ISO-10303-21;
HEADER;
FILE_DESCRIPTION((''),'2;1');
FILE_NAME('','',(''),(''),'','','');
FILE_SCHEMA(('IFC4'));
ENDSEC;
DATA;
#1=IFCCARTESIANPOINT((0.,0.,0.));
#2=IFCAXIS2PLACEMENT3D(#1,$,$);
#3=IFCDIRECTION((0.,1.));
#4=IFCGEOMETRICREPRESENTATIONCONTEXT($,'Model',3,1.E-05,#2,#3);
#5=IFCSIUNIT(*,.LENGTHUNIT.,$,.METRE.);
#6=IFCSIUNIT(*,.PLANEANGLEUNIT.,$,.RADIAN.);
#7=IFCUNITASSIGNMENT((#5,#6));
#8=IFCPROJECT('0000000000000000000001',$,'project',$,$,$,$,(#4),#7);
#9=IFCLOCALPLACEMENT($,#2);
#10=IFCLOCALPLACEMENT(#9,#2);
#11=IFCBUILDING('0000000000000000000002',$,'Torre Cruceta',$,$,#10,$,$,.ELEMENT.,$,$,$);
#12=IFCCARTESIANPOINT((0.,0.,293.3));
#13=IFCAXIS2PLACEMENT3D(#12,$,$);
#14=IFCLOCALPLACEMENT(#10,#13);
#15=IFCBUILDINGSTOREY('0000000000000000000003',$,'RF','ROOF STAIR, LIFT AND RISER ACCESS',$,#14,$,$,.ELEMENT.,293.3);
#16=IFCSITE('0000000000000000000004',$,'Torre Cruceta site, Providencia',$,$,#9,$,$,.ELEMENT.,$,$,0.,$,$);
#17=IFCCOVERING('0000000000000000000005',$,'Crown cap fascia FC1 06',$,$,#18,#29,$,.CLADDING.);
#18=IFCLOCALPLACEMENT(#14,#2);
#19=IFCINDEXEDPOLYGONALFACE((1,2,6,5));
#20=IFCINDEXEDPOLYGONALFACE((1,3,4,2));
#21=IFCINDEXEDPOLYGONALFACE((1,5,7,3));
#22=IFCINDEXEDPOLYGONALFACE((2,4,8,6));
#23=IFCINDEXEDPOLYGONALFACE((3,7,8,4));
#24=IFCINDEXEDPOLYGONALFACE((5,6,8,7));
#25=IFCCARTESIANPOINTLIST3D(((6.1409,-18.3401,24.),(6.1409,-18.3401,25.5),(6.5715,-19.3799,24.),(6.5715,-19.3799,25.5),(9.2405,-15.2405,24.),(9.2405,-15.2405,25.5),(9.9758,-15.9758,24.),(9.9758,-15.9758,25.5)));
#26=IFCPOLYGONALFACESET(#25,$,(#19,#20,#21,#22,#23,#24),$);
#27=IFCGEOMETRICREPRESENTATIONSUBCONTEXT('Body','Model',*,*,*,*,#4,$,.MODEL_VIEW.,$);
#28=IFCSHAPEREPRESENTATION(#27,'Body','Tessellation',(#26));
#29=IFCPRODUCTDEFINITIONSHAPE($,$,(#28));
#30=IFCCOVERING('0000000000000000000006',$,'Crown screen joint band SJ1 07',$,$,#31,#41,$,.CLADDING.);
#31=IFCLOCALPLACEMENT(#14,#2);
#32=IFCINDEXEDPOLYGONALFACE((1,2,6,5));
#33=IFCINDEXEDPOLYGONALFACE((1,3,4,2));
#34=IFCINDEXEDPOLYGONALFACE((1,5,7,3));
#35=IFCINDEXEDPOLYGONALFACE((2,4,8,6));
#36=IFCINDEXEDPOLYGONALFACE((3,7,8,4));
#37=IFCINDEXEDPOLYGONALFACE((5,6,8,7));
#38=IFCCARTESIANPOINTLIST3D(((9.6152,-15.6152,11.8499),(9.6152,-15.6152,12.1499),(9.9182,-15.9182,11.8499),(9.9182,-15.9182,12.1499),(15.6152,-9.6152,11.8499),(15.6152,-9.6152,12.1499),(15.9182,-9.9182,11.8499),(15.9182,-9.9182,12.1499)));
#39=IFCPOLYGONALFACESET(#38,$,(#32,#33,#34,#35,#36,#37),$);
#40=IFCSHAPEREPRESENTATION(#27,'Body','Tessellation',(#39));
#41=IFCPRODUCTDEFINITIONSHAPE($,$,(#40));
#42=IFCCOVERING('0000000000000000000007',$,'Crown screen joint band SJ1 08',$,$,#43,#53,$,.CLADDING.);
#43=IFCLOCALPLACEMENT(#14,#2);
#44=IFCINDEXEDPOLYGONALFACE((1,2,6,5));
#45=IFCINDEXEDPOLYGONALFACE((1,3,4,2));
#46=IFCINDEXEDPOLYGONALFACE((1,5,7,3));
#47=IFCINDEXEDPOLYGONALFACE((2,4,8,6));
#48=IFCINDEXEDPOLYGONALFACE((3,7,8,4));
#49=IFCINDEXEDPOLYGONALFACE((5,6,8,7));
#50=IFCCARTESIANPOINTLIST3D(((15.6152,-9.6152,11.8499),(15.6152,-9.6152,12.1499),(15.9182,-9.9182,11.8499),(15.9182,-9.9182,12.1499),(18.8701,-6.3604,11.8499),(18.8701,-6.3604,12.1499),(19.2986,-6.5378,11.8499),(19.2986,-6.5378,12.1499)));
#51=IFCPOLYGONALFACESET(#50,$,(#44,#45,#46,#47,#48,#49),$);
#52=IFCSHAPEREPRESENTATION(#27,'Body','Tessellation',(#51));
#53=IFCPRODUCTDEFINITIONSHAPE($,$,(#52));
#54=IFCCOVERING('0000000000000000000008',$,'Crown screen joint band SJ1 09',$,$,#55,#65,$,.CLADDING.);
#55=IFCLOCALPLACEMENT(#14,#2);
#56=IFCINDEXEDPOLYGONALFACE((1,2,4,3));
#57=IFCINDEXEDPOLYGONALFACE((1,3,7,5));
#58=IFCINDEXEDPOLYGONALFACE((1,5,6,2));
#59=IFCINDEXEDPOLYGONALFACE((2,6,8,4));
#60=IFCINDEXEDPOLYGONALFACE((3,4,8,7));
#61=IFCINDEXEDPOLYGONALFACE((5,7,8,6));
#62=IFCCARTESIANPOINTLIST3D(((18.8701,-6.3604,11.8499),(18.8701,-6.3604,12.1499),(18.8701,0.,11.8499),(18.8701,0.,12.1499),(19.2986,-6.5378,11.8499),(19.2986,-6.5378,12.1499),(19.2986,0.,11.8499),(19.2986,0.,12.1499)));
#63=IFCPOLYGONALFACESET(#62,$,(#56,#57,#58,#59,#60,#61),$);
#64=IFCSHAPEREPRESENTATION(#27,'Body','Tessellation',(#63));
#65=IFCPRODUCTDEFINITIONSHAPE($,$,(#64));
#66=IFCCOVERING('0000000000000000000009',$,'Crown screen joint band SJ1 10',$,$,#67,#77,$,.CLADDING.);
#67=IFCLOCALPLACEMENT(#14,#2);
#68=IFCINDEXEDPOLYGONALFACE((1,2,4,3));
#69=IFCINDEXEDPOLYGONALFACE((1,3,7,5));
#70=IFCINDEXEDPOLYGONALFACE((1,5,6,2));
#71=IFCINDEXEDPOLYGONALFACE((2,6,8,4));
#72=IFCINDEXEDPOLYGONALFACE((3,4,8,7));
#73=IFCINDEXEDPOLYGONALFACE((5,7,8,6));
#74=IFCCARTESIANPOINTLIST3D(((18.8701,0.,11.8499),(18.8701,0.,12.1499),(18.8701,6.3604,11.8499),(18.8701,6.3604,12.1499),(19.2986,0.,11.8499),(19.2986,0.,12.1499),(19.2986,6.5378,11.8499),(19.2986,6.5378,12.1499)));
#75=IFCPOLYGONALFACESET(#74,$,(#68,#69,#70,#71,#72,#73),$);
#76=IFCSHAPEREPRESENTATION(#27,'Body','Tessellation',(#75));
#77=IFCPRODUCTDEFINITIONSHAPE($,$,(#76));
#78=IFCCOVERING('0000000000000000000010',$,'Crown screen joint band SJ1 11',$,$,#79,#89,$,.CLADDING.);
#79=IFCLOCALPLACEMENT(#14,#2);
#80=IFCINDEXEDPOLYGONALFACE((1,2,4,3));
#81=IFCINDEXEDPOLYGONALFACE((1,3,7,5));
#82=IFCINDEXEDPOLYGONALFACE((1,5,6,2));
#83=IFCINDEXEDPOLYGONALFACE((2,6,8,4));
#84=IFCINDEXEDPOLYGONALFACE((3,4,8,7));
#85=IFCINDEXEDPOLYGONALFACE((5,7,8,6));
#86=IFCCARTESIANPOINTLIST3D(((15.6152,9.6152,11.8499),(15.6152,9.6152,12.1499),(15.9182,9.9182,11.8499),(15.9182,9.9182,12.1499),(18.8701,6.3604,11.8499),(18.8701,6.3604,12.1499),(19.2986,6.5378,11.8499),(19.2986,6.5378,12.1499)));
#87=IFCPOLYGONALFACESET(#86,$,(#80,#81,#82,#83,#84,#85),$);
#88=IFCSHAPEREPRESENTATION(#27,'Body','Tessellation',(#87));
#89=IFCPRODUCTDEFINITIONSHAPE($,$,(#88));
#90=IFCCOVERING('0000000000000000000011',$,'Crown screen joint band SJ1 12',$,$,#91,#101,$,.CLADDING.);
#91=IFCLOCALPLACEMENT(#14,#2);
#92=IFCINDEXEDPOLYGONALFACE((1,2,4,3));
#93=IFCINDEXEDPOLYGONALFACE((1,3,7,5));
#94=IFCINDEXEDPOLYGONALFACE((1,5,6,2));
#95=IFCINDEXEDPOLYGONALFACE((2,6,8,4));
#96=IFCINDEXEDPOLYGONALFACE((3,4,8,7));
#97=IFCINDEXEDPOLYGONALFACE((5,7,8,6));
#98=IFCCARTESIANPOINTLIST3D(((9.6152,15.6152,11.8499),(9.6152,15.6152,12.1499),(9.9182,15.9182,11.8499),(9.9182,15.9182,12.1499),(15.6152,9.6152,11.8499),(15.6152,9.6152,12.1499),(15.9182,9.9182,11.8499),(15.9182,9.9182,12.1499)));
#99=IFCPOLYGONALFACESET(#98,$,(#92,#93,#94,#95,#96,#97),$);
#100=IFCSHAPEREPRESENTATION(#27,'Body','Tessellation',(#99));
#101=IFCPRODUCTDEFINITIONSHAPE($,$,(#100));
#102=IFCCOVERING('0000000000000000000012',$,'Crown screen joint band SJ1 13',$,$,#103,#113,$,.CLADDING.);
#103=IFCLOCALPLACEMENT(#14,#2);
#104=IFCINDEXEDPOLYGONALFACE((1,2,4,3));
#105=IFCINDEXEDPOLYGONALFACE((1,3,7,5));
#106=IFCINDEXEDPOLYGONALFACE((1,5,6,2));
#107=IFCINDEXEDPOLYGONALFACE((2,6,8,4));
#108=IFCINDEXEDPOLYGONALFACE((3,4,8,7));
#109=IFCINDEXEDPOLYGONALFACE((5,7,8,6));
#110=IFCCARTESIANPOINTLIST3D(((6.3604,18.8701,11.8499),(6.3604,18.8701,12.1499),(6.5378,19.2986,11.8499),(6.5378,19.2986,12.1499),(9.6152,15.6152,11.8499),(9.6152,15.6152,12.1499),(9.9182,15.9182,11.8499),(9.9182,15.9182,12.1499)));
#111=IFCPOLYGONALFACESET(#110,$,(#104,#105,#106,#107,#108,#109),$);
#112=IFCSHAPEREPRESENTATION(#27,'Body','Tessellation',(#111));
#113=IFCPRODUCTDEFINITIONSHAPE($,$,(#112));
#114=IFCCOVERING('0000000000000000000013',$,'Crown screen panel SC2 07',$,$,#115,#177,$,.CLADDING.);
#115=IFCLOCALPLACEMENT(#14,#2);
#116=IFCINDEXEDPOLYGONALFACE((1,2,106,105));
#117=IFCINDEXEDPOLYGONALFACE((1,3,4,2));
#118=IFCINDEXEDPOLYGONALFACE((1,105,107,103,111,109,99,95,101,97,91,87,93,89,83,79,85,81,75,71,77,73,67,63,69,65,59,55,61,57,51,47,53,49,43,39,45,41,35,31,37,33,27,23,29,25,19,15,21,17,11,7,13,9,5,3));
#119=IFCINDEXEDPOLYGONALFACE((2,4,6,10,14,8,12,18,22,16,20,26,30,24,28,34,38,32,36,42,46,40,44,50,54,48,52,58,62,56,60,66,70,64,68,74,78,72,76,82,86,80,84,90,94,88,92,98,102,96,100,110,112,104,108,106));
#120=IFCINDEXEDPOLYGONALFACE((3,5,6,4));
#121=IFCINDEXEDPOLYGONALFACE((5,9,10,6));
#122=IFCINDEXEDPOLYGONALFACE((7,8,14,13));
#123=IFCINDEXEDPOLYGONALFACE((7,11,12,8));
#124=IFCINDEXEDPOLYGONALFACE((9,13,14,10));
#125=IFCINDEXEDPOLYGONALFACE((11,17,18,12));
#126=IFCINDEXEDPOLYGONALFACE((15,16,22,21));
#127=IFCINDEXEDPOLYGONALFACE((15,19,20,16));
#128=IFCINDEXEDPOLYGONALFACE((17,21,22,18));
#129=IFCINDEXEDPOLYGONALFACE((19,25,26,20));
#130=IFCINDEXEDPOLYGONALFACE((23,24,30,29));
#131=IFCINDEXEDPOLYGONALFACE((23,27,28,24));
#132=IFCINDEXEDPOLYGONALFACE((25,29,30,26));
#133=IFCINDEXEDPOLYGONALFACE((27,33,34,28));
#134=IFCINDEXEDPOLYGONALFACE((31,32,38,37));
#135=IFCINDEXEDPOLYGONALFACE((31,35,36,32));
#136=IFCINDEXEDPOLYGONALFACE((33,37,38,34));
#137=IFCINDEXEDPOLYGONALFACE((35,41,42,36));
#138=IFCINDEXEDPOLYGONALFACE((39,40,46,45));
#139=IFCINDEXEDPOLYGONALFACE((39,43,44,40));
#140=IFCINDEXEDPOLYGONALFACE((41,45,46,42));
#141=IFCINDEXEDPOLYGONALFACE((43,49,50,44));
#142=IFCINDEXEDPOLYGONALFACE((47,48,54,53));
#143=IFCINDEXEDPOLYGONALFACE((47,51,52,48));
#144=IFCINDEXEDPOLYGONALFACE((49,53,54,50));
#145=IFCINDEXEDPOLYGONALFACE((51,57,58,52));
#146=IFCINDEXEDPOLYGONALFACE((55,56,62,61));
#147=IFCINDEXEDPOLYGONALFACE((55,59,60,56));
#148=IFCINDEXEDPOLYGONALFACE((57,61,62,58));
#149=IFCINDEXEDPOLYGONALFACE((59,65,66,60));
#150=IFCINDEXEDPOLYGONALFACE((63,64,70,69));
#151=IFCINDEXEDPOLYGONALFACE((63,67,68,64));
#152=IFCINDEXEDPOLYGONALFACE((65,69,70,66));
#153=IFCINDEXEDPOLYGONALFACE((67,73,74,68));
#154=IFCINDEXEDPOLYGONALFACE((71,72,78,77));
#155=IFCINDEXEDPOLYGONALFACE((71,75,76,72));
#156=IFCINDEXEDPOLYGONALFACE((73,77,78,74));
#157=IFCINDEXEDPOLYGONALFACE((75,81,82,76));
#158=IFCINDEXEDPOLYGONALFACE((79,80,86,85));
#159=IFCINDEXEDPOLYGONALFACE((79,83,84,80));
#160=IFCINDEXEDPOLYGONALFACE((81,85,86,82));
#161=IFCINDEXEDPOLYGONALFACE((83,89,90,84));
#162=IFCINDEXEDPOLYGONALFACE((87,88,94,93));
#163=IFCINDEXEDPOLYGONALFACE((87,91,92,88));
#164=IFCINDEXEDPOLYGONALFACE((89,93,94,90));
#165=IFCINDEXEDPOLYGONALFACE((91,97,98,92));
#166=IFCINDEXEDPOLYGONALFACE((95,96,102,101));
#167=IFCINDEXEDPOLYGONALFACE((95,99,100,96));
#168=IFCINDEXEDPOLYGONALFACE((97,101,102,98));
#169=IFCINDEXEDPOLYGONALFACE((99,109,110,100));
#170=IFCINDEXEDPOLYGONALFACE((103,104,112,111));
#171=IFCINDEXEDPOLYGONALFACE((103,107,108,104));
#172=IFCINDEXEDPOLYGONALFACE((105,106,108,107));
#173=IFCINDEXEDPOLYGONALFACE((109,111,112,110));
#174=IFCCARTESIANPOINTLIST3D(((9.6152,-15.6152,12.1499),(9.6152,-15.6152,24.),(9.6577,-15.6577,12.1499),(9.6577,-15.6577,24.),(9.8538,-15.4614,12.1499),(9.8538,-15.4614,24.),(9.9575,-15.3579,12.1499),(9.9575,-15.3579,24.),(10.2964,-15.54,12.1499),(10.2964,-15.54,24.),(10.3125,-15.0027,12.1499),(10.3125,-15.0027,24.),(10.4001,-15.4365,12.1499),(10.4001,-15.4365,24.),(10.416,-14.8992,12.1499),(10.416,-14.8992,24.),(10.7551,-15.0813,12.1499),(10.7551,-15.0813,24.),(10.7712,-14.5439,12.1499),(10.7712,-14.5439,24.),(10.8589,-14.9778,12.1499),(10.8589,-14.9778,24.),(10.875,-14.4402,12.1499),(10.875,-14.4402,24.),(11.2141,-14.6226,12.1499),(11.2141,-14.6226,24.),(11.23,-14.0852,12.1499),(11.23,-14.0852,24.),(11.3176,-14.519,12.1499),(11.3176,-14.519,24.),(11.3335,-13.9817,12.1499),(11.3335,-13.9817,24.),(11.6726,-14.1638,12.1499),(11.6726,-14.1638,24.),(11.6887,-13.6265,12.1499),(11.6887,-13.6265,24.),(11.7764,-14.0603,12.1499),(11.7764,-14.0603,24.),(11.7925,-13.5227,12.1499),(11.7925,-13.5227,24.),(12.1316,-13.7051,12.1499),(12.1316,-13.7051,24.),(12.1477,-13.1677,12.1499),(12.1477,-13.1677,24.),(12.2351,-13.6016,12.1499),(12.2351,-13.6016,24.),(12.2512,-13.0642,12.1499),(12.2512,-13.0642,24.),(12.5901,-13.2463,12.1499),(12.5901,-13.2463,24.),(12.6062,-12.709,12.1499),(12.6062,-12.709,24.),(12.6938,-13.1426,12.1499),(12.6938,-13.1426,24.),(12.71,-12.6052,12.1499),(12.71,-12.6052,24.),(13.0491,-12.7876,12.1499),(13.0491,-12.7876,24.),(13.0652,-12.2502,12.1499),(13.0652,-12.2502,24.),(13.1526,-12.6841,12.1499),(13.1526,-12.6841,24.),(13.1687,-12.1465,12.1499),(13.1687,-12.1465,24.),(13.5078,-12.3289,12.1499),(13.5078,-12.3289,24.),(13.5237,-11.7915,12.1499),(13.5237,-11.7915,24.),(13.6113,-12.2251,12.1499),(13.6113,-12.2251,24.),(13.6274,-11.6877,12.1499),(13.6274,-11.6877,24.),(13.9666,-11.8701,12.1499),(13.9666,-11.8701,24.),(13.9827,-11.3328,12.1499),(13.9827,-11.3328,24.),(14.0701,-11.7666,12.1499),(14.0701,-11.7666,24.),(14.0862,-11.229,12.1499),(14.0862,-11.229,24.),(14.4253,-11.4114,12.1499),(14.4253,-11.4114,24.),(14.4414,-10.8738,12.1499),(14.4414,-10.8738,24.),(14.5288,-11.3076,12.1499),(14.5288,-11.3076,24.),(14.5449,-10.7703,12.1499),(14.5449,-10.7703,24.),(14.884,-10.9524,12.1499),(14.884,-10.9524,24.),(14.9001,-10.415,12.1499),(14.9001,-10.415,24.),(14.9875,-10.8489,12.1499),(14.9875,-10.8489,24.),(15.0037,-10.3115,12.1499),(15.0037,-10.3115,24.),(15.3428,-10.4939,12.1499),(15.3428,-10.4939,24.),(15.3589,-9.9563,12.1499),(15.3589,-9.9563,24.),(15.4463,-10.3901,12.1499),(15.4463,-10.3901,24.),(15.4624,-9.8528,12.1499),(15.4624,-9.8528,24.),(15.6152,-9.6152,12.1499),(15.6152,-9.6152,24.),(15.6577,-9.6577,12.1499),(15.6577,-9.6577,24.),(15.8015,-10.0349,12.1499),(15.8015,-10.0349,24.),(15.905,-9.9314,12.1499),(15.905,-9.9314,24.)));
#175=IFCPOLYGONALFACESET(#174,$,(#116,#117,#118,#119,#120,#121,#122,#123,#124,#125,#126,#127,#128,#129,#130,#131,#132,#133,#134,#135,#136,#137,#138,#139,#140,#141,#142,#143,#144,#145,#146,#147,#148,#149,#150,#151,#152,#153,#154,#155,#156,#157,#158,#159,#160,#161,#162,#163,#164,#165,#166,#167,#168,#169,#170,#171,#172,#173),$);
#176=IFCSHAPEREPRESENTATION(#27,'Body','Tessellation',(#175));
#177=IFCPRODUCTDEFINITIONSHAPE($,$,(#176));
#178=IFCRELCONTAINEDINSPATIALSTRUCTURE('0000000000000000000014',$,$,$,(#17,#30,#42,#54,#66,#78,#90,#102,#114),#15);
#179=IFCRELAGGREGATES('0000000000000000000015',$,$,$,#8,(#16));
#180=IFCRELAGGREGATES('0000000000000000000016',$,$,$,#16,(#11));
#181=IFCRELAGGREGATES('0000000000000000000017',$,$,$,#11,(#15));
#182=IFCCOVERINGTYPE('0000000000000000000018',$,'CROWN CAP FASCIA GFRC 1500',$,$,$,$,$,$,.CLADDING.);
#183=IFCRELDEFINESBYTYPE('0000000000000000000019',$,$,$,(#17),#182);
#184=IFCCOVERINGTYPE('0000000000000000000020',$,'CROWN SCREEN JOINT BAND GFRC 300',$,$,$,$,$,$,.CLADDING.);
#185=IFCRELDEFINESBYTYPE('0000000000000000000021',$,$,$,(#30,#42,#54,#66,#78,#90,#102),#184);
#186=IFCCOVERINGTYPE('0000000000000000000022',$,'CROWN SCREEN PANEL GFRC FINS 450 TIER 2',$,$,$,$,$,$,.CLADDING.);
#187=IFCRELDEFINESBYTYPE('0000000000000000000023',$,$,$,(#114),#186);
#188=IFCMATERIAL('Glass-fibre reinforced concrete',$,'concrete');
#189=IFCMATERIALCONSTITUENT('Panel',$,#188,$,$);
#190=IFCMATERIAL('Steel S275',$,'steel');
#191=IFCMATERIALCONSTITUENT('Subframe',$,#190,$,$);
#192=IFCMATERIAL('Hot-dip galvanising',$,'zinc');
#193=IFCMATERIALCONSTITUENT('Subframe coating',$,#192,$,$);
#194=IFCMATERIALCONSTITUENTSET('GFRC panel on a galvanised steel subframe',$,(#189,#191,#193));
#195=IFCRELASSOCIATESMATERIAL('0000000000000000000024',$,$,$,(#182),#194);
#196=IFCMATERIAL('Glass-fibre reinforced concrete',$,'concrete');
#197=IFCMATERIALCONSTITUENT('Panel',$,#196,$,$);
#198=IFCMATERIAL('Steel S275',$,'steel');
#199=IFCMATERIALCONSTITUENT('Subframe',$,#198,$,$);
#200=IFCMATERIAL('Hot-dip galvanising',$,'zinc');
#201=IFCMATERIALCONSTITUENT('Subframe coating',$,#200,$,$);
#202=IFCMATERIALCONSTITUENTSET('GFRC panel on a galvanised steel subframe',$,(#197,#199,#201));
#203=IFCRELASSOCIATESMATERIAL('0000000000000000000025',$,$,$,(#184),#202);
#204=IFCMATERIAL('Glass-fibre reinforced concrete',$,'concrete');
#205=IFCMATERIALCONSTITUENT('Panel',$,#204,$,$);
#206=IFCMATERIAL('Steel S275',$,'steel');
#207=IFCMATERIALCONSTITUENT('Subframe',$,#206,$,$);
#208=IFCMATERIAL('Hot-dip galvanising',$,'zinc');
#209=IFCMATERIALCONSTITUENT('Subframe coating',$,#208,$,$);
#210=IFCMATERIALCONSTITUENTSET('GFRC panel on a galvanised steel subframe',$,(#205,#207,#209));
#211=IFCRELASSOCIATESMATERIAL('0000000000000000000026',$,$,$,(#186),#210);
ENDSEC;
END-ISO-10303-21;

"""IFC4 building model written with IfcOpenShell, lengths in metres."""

from ifc_helpers import new_model, si_unit, direction, frame, origin, place, context, subcontext, project, spatial, polyline, outline, extrude, material, constituent, constituent_set, type_object, element, save


model = new_model("IFC4")

# Units and contexts
model_context = context("Model", 3, precision=1e-05, world=origin(), true_north=direction((0.0, 1.0)))
body_context = subcontext(model_context, "Body", "Model", "MODEL_VIEW")
ifc_project = project(units=[si_unit("LENGTHUNIT", "METRE"), si_unit("PLANEANGLEUNIT", "RADIAN")], contexts=[model_context])

# Site, building, storey
site_placement = place(None, origin())
site = spatial("IfcSite", under=ifc_project, at=site_placement, Name="Torre Cruceta site, Providencia", CompositionType="ELEMENT", RefElevation=0.0)
building_placement = place(site_placement, origin())
building = spatial("IfcBuilding", under=site, at=building_placement, Name="Torre Cruceta", CompositionType="ELEMENT")
storey_placement = place(building_placement, frame((0.0, 0.0, 293.3)))
storey = spatial("IfcBuildingStorey", under=building, at=storey_placement, Name="RF", Description="ROOF STAIR, LIFT AND RISER ACCESS", CompositionType="ELEMENT", Elevation=293.3)

# Coverings
ifc_material_1 = material(Name="Glass-fibre reinforced concrete", Category="concrete")
ifc_constituent_1 = constituent(ifc_material_1, Name="Panel")
ifc_material_2 = material(Name="Steel S275", Category="steel")
ifc_constituent_2 = constituent(ifc_material_2, Name="Subframe")
ifc_material_3 = material(Name="Hot-dip galvanising", Category="zinc")
ifc_constituent_3 = constituent(ifc_material_3, Name="Subframe coating")
ifc_constituent_set_1 = constituent_set(constituents=[ifc_constituent_1, ifc_constituent_2, ifc_constituent_3], Name="GFRC panel on a galvanised steel subframe")
covering_type_1 = type_object("IfcCoveringType", Name="CROWN CAP FASCIA GFRC 1500", PredefinedType="CLADDING", material=ifc_constituent_set_1)
covering_1_placement = place(storey_placement, frame((0.0, 0.0, 24.0)))
element("IfcCovering", 1, at=covering_1_placement, inside=storey, type_object=covering_type_1, Name="Crown cap fascia FC1 06", PredefinedType="CLADDING", context=body_context, shape_type="SweptSolid", body=[
    extrude(outline(polyline([(6.5715, -19.3799), (9.9758, -15.9758), (9.2405, -15.2405), (6.1409, -18.3401), (6.5715, -19.3799)])), origin(), (0.0, 0.0, 1.0), 1.5),
])
ifc_material_4 = material(Name="Glass-fibre reinforced concrete", Category="concrete")
ifc_constituent_4 = constituent(ifc_material_4, Name="Panel")
ifc_material_5 = material(Name="Steel S275", Category="steel")
ifc_constituent_5 = constituent(ifc_material_5, Name="Subframe")
ifc_material_6 = material(Name="Hot-dip galvanising", Category="zinc")
ifc_constituent_6 = constituent(ifc_material_6, Name="Subframe coating")
ifc_constituent_set_2 = constituent_set(constituents=[ifc_constituent_4, ifc_constituent_5, ifc_constituent_6], Name="GFRC panel on a galvanised steel subframe")
covering_type_2 = type_object("IfcCoveringType", Name="CROWN SCREEN JOINT BAND GFRC 300", PredefinedType="CLADDING", material=ifc_constituent_set_2)
covering_2_placement = place(storey_placement, frame((0.0, 0.0, 11.8499)))
element("IfcCovering", 2, at=covering_2_placement, inside=storey, type_object=covering_type_2, Name="Crown screen joint band SJ1 07", PredefinedType="CLADDING", context=body_context, shape_type="SweptSolid", body=[
    extrude(outline(polyline([(9.9182, -15.9182), (15.9182, -9.9182), (15.6152, -9.6152), (9.6152, -15.6152), (9.9182, -15.9182)])), origin(), (0.0, 0.0, 1.0), 0.3),
])
covering_3_placement = place(storey_placement, frame((0.0, 0.0, 11.8499)))
element("IfcCovering", 3, at=covering_3_placement, inside=storey, type_object=covering_type_2, Name="Crown screen joint band SJ1 08", PredefinedType="CLADDING", context=body_context, shape_type="SweptSolid", body=[
    extrude(outline(polyline([(15.9182, -9.9182), (19.2986, -6.5378), (18.8701, -6.3604), (15.6152, -9.6152), (15.9182, -9.9182)])), origin(), (0.0, 0.0, 1.0), 0.3),
])
covering_4_placement = place(storey_placement, frame((0.0, 0.0, 11.8499)))
element("IfcCovering", 4, at=covering_4_placement, inside=storey, type_object=covering_type_2, Name="Crown screen joint band SJ1 09", PredefinedType="CLADDING", context=body_context, shape_type="SweptSolid", body=[
    extrude(outline(polyline([(19.2986, -6.5378), (19.2986, 0.0), (18.8701, 0.0), (18.8701, -6.3604), (19.2986, -6.5378)])), origin(), (0.0, 0.0, 1.0), 0.3),
])
covering_5_placement = place(storey_placement, frame((0.0, 0.0, 11.8499)))
element("IfcCovering", 5, at=covering_5_placement, inside=storey, type_object=covering_type_2, Name="Crown screen joint band SJ1 10", PredefinedType="CLADDING", context=body_context, shape_type="SweptSolid", body=[
    extrude(outline(polyline([(19.2986, 0.0), (19.2986, 6.5378), (18.8701, 6.3604), (18.8701, 0.0), (19.2986, 0.0)])), origin(), (0.0, 0.0, 1.0), 0.3),
])
covering_6_placement = place(storey_placement, frame((0.0, 0.0, 11.8499)))
element("IfcCovering", 6, at=covering_6_placement, inside=storey, type_object=covering_type_2, Name="Crown screen joint band SJ1 11", PredefinedType="CLADDING", context=body_context, shape_type="SweptSolid", body=[
    extrude(outline(polyline([(19.2986, 6.5378), (15.9182, 9.9182), (15.6152, 9.6152), (18.8701, 6.3604), (19.2986, 6.5378)])), origin(), (0.0, 0.0, 1.0), 0.3),
])
covering_7_placement = place(storey_placement, frame((0.0, 0.0, 11.8499)))
element("IfcCovering", 7, at=covering_7_placement, inside=storey, type_object=covering_type_2, Name="Crown screen joint band SJ1 12", PredefinedType="CLADDING", context=body_context, shape_type="SweptSolid", body=[
    extrude(outline(polyline([(15.9182, 9.9182), (9.9182, 15.9182), (9.6152, 15.6152), (15.6152, 9.6152), (15.9182, 9.9182)])), origin(), (0.0, 0.0, 1.0), 0.3),
])
covering_8_placement = place(storey_placement, frame((0.0, 0.0, 11.8499)))
element("IfcCovering", 8, at=covering_8_placement, inside=storey, type_object=covering_type_2, Name="Crown screen joint band SJ1 13", PredefinedType="CLADDING", context=body_context, shape_type="SweptSolid", body=[
    extrude(outline(polyline([(9.9182, 15.9182), (6.5378, 19.2986), (6.3604, 18.8701), (9.6152, 15.6152), (9.9182, 15.9182)])), origin(), (0.0, 0.0, 1.0), 0.3),
])
ifc_material_7 = material(Name="Glass-fibre reinforced concrete", Category="concrete")
ifc_constituent_7 = constituent(ifc_material_7, Name="Panel")
ifc_material_8 = material(Name="Steel S275", Category="steel")
ifc_constituent_8 = constituent(ifc_material_8, Name="Subframe")
ifc_material_9 = material(Name="Hot-dip galvanising", Category="zinc")
ifc_constituent_9 = constituent(ifc_material_9, Name="Subframe coating")
ifc_constituent_set_3 = constituent_set(constituents=[ifc_constituent_7, ifc_constituent_8, ifc_constituent_9], Name="GFRC panel on a galvanised steel subframe")
covering_type_3 = type_object("IfcCoveringType", Name="CROWN SCREEN PANEL GFRC FINS 450 TIER 2", PredefinedType="CLADDING", material=ifc_constituent_set_3)
covering_9_placement = place(storey_placement, frame((0.0, 0.0, 12.1499)))
element("IfcCovering", 9, at=covering_9_placement, inside=storey, type_object=covering_type_3, Name="Crown screen panel SC2 07", PredefinedType="CLADDING", context=body_context, shape_type="SweptSolid", body=[
    extrude(outline(polyline([(10.4001, -15.4365), (9.9575, -15.3579), (10.3125, -15.0027), (10.7551, -15.0813), (10.8589, -14.9778), (10.416, -14.8992), (10.7712, -14.5439), (11.2141, -14.6226), (11.3176, -14.519), (10.875, -14.4402), (11.23, -14.0852), (11.6726, -14.1638), (11.7764, -14.0603), (11.3335, -13.9817), (11.6887, -13.6265), (12.1316, -13.7051), (12.2351, -13.6016), (11.7925, -13.5227), (12.1477, -13.1677), (12.5901, -13.2463), (12.6938, -13.1426), (12.2512, -13.0642), (12.6062, -12.709), (13.0491, -12.7876), (13.1526, -12.6841), (12.71, -12.6052), (13.0652, -12.2502), (13.5078, -12.3289), (13.6113, -12.2251), (13.1687, -12.1465), (13.5237, -11.7915), (13.9666, -11.8701), (14.0701, -11.7666), (13.6274, -11.6877), (13.9827, -11.3328), (14.4253, -11.4114), (14.5288, -11.3076), (14.0862, -11.229), (14.4414, -10.8738), (14.884, -10.9524), (14.9875, -10.8489), (14.5449, -10.7703), (14.9001, -10.415), (15.3428, -10.4939), (15.4463, -10.3901), (15.0037, -10.3115), (15.3589, -9.9563), (15.8015, -10.0349), (15.905, -9.9314), (15.4624, -9.8528), (15.6577, -9.6577), (15.6152, -9.6152), (9.6152, -15.6152), (9.6577, -15.6577), (9.8538, -15.4614), (10.2964, -15.54), (10.4001, -15.4365)])), origin(), (0.0, 0.0, 1.0), 11.8501),
])

save(model, "model.ifc")
